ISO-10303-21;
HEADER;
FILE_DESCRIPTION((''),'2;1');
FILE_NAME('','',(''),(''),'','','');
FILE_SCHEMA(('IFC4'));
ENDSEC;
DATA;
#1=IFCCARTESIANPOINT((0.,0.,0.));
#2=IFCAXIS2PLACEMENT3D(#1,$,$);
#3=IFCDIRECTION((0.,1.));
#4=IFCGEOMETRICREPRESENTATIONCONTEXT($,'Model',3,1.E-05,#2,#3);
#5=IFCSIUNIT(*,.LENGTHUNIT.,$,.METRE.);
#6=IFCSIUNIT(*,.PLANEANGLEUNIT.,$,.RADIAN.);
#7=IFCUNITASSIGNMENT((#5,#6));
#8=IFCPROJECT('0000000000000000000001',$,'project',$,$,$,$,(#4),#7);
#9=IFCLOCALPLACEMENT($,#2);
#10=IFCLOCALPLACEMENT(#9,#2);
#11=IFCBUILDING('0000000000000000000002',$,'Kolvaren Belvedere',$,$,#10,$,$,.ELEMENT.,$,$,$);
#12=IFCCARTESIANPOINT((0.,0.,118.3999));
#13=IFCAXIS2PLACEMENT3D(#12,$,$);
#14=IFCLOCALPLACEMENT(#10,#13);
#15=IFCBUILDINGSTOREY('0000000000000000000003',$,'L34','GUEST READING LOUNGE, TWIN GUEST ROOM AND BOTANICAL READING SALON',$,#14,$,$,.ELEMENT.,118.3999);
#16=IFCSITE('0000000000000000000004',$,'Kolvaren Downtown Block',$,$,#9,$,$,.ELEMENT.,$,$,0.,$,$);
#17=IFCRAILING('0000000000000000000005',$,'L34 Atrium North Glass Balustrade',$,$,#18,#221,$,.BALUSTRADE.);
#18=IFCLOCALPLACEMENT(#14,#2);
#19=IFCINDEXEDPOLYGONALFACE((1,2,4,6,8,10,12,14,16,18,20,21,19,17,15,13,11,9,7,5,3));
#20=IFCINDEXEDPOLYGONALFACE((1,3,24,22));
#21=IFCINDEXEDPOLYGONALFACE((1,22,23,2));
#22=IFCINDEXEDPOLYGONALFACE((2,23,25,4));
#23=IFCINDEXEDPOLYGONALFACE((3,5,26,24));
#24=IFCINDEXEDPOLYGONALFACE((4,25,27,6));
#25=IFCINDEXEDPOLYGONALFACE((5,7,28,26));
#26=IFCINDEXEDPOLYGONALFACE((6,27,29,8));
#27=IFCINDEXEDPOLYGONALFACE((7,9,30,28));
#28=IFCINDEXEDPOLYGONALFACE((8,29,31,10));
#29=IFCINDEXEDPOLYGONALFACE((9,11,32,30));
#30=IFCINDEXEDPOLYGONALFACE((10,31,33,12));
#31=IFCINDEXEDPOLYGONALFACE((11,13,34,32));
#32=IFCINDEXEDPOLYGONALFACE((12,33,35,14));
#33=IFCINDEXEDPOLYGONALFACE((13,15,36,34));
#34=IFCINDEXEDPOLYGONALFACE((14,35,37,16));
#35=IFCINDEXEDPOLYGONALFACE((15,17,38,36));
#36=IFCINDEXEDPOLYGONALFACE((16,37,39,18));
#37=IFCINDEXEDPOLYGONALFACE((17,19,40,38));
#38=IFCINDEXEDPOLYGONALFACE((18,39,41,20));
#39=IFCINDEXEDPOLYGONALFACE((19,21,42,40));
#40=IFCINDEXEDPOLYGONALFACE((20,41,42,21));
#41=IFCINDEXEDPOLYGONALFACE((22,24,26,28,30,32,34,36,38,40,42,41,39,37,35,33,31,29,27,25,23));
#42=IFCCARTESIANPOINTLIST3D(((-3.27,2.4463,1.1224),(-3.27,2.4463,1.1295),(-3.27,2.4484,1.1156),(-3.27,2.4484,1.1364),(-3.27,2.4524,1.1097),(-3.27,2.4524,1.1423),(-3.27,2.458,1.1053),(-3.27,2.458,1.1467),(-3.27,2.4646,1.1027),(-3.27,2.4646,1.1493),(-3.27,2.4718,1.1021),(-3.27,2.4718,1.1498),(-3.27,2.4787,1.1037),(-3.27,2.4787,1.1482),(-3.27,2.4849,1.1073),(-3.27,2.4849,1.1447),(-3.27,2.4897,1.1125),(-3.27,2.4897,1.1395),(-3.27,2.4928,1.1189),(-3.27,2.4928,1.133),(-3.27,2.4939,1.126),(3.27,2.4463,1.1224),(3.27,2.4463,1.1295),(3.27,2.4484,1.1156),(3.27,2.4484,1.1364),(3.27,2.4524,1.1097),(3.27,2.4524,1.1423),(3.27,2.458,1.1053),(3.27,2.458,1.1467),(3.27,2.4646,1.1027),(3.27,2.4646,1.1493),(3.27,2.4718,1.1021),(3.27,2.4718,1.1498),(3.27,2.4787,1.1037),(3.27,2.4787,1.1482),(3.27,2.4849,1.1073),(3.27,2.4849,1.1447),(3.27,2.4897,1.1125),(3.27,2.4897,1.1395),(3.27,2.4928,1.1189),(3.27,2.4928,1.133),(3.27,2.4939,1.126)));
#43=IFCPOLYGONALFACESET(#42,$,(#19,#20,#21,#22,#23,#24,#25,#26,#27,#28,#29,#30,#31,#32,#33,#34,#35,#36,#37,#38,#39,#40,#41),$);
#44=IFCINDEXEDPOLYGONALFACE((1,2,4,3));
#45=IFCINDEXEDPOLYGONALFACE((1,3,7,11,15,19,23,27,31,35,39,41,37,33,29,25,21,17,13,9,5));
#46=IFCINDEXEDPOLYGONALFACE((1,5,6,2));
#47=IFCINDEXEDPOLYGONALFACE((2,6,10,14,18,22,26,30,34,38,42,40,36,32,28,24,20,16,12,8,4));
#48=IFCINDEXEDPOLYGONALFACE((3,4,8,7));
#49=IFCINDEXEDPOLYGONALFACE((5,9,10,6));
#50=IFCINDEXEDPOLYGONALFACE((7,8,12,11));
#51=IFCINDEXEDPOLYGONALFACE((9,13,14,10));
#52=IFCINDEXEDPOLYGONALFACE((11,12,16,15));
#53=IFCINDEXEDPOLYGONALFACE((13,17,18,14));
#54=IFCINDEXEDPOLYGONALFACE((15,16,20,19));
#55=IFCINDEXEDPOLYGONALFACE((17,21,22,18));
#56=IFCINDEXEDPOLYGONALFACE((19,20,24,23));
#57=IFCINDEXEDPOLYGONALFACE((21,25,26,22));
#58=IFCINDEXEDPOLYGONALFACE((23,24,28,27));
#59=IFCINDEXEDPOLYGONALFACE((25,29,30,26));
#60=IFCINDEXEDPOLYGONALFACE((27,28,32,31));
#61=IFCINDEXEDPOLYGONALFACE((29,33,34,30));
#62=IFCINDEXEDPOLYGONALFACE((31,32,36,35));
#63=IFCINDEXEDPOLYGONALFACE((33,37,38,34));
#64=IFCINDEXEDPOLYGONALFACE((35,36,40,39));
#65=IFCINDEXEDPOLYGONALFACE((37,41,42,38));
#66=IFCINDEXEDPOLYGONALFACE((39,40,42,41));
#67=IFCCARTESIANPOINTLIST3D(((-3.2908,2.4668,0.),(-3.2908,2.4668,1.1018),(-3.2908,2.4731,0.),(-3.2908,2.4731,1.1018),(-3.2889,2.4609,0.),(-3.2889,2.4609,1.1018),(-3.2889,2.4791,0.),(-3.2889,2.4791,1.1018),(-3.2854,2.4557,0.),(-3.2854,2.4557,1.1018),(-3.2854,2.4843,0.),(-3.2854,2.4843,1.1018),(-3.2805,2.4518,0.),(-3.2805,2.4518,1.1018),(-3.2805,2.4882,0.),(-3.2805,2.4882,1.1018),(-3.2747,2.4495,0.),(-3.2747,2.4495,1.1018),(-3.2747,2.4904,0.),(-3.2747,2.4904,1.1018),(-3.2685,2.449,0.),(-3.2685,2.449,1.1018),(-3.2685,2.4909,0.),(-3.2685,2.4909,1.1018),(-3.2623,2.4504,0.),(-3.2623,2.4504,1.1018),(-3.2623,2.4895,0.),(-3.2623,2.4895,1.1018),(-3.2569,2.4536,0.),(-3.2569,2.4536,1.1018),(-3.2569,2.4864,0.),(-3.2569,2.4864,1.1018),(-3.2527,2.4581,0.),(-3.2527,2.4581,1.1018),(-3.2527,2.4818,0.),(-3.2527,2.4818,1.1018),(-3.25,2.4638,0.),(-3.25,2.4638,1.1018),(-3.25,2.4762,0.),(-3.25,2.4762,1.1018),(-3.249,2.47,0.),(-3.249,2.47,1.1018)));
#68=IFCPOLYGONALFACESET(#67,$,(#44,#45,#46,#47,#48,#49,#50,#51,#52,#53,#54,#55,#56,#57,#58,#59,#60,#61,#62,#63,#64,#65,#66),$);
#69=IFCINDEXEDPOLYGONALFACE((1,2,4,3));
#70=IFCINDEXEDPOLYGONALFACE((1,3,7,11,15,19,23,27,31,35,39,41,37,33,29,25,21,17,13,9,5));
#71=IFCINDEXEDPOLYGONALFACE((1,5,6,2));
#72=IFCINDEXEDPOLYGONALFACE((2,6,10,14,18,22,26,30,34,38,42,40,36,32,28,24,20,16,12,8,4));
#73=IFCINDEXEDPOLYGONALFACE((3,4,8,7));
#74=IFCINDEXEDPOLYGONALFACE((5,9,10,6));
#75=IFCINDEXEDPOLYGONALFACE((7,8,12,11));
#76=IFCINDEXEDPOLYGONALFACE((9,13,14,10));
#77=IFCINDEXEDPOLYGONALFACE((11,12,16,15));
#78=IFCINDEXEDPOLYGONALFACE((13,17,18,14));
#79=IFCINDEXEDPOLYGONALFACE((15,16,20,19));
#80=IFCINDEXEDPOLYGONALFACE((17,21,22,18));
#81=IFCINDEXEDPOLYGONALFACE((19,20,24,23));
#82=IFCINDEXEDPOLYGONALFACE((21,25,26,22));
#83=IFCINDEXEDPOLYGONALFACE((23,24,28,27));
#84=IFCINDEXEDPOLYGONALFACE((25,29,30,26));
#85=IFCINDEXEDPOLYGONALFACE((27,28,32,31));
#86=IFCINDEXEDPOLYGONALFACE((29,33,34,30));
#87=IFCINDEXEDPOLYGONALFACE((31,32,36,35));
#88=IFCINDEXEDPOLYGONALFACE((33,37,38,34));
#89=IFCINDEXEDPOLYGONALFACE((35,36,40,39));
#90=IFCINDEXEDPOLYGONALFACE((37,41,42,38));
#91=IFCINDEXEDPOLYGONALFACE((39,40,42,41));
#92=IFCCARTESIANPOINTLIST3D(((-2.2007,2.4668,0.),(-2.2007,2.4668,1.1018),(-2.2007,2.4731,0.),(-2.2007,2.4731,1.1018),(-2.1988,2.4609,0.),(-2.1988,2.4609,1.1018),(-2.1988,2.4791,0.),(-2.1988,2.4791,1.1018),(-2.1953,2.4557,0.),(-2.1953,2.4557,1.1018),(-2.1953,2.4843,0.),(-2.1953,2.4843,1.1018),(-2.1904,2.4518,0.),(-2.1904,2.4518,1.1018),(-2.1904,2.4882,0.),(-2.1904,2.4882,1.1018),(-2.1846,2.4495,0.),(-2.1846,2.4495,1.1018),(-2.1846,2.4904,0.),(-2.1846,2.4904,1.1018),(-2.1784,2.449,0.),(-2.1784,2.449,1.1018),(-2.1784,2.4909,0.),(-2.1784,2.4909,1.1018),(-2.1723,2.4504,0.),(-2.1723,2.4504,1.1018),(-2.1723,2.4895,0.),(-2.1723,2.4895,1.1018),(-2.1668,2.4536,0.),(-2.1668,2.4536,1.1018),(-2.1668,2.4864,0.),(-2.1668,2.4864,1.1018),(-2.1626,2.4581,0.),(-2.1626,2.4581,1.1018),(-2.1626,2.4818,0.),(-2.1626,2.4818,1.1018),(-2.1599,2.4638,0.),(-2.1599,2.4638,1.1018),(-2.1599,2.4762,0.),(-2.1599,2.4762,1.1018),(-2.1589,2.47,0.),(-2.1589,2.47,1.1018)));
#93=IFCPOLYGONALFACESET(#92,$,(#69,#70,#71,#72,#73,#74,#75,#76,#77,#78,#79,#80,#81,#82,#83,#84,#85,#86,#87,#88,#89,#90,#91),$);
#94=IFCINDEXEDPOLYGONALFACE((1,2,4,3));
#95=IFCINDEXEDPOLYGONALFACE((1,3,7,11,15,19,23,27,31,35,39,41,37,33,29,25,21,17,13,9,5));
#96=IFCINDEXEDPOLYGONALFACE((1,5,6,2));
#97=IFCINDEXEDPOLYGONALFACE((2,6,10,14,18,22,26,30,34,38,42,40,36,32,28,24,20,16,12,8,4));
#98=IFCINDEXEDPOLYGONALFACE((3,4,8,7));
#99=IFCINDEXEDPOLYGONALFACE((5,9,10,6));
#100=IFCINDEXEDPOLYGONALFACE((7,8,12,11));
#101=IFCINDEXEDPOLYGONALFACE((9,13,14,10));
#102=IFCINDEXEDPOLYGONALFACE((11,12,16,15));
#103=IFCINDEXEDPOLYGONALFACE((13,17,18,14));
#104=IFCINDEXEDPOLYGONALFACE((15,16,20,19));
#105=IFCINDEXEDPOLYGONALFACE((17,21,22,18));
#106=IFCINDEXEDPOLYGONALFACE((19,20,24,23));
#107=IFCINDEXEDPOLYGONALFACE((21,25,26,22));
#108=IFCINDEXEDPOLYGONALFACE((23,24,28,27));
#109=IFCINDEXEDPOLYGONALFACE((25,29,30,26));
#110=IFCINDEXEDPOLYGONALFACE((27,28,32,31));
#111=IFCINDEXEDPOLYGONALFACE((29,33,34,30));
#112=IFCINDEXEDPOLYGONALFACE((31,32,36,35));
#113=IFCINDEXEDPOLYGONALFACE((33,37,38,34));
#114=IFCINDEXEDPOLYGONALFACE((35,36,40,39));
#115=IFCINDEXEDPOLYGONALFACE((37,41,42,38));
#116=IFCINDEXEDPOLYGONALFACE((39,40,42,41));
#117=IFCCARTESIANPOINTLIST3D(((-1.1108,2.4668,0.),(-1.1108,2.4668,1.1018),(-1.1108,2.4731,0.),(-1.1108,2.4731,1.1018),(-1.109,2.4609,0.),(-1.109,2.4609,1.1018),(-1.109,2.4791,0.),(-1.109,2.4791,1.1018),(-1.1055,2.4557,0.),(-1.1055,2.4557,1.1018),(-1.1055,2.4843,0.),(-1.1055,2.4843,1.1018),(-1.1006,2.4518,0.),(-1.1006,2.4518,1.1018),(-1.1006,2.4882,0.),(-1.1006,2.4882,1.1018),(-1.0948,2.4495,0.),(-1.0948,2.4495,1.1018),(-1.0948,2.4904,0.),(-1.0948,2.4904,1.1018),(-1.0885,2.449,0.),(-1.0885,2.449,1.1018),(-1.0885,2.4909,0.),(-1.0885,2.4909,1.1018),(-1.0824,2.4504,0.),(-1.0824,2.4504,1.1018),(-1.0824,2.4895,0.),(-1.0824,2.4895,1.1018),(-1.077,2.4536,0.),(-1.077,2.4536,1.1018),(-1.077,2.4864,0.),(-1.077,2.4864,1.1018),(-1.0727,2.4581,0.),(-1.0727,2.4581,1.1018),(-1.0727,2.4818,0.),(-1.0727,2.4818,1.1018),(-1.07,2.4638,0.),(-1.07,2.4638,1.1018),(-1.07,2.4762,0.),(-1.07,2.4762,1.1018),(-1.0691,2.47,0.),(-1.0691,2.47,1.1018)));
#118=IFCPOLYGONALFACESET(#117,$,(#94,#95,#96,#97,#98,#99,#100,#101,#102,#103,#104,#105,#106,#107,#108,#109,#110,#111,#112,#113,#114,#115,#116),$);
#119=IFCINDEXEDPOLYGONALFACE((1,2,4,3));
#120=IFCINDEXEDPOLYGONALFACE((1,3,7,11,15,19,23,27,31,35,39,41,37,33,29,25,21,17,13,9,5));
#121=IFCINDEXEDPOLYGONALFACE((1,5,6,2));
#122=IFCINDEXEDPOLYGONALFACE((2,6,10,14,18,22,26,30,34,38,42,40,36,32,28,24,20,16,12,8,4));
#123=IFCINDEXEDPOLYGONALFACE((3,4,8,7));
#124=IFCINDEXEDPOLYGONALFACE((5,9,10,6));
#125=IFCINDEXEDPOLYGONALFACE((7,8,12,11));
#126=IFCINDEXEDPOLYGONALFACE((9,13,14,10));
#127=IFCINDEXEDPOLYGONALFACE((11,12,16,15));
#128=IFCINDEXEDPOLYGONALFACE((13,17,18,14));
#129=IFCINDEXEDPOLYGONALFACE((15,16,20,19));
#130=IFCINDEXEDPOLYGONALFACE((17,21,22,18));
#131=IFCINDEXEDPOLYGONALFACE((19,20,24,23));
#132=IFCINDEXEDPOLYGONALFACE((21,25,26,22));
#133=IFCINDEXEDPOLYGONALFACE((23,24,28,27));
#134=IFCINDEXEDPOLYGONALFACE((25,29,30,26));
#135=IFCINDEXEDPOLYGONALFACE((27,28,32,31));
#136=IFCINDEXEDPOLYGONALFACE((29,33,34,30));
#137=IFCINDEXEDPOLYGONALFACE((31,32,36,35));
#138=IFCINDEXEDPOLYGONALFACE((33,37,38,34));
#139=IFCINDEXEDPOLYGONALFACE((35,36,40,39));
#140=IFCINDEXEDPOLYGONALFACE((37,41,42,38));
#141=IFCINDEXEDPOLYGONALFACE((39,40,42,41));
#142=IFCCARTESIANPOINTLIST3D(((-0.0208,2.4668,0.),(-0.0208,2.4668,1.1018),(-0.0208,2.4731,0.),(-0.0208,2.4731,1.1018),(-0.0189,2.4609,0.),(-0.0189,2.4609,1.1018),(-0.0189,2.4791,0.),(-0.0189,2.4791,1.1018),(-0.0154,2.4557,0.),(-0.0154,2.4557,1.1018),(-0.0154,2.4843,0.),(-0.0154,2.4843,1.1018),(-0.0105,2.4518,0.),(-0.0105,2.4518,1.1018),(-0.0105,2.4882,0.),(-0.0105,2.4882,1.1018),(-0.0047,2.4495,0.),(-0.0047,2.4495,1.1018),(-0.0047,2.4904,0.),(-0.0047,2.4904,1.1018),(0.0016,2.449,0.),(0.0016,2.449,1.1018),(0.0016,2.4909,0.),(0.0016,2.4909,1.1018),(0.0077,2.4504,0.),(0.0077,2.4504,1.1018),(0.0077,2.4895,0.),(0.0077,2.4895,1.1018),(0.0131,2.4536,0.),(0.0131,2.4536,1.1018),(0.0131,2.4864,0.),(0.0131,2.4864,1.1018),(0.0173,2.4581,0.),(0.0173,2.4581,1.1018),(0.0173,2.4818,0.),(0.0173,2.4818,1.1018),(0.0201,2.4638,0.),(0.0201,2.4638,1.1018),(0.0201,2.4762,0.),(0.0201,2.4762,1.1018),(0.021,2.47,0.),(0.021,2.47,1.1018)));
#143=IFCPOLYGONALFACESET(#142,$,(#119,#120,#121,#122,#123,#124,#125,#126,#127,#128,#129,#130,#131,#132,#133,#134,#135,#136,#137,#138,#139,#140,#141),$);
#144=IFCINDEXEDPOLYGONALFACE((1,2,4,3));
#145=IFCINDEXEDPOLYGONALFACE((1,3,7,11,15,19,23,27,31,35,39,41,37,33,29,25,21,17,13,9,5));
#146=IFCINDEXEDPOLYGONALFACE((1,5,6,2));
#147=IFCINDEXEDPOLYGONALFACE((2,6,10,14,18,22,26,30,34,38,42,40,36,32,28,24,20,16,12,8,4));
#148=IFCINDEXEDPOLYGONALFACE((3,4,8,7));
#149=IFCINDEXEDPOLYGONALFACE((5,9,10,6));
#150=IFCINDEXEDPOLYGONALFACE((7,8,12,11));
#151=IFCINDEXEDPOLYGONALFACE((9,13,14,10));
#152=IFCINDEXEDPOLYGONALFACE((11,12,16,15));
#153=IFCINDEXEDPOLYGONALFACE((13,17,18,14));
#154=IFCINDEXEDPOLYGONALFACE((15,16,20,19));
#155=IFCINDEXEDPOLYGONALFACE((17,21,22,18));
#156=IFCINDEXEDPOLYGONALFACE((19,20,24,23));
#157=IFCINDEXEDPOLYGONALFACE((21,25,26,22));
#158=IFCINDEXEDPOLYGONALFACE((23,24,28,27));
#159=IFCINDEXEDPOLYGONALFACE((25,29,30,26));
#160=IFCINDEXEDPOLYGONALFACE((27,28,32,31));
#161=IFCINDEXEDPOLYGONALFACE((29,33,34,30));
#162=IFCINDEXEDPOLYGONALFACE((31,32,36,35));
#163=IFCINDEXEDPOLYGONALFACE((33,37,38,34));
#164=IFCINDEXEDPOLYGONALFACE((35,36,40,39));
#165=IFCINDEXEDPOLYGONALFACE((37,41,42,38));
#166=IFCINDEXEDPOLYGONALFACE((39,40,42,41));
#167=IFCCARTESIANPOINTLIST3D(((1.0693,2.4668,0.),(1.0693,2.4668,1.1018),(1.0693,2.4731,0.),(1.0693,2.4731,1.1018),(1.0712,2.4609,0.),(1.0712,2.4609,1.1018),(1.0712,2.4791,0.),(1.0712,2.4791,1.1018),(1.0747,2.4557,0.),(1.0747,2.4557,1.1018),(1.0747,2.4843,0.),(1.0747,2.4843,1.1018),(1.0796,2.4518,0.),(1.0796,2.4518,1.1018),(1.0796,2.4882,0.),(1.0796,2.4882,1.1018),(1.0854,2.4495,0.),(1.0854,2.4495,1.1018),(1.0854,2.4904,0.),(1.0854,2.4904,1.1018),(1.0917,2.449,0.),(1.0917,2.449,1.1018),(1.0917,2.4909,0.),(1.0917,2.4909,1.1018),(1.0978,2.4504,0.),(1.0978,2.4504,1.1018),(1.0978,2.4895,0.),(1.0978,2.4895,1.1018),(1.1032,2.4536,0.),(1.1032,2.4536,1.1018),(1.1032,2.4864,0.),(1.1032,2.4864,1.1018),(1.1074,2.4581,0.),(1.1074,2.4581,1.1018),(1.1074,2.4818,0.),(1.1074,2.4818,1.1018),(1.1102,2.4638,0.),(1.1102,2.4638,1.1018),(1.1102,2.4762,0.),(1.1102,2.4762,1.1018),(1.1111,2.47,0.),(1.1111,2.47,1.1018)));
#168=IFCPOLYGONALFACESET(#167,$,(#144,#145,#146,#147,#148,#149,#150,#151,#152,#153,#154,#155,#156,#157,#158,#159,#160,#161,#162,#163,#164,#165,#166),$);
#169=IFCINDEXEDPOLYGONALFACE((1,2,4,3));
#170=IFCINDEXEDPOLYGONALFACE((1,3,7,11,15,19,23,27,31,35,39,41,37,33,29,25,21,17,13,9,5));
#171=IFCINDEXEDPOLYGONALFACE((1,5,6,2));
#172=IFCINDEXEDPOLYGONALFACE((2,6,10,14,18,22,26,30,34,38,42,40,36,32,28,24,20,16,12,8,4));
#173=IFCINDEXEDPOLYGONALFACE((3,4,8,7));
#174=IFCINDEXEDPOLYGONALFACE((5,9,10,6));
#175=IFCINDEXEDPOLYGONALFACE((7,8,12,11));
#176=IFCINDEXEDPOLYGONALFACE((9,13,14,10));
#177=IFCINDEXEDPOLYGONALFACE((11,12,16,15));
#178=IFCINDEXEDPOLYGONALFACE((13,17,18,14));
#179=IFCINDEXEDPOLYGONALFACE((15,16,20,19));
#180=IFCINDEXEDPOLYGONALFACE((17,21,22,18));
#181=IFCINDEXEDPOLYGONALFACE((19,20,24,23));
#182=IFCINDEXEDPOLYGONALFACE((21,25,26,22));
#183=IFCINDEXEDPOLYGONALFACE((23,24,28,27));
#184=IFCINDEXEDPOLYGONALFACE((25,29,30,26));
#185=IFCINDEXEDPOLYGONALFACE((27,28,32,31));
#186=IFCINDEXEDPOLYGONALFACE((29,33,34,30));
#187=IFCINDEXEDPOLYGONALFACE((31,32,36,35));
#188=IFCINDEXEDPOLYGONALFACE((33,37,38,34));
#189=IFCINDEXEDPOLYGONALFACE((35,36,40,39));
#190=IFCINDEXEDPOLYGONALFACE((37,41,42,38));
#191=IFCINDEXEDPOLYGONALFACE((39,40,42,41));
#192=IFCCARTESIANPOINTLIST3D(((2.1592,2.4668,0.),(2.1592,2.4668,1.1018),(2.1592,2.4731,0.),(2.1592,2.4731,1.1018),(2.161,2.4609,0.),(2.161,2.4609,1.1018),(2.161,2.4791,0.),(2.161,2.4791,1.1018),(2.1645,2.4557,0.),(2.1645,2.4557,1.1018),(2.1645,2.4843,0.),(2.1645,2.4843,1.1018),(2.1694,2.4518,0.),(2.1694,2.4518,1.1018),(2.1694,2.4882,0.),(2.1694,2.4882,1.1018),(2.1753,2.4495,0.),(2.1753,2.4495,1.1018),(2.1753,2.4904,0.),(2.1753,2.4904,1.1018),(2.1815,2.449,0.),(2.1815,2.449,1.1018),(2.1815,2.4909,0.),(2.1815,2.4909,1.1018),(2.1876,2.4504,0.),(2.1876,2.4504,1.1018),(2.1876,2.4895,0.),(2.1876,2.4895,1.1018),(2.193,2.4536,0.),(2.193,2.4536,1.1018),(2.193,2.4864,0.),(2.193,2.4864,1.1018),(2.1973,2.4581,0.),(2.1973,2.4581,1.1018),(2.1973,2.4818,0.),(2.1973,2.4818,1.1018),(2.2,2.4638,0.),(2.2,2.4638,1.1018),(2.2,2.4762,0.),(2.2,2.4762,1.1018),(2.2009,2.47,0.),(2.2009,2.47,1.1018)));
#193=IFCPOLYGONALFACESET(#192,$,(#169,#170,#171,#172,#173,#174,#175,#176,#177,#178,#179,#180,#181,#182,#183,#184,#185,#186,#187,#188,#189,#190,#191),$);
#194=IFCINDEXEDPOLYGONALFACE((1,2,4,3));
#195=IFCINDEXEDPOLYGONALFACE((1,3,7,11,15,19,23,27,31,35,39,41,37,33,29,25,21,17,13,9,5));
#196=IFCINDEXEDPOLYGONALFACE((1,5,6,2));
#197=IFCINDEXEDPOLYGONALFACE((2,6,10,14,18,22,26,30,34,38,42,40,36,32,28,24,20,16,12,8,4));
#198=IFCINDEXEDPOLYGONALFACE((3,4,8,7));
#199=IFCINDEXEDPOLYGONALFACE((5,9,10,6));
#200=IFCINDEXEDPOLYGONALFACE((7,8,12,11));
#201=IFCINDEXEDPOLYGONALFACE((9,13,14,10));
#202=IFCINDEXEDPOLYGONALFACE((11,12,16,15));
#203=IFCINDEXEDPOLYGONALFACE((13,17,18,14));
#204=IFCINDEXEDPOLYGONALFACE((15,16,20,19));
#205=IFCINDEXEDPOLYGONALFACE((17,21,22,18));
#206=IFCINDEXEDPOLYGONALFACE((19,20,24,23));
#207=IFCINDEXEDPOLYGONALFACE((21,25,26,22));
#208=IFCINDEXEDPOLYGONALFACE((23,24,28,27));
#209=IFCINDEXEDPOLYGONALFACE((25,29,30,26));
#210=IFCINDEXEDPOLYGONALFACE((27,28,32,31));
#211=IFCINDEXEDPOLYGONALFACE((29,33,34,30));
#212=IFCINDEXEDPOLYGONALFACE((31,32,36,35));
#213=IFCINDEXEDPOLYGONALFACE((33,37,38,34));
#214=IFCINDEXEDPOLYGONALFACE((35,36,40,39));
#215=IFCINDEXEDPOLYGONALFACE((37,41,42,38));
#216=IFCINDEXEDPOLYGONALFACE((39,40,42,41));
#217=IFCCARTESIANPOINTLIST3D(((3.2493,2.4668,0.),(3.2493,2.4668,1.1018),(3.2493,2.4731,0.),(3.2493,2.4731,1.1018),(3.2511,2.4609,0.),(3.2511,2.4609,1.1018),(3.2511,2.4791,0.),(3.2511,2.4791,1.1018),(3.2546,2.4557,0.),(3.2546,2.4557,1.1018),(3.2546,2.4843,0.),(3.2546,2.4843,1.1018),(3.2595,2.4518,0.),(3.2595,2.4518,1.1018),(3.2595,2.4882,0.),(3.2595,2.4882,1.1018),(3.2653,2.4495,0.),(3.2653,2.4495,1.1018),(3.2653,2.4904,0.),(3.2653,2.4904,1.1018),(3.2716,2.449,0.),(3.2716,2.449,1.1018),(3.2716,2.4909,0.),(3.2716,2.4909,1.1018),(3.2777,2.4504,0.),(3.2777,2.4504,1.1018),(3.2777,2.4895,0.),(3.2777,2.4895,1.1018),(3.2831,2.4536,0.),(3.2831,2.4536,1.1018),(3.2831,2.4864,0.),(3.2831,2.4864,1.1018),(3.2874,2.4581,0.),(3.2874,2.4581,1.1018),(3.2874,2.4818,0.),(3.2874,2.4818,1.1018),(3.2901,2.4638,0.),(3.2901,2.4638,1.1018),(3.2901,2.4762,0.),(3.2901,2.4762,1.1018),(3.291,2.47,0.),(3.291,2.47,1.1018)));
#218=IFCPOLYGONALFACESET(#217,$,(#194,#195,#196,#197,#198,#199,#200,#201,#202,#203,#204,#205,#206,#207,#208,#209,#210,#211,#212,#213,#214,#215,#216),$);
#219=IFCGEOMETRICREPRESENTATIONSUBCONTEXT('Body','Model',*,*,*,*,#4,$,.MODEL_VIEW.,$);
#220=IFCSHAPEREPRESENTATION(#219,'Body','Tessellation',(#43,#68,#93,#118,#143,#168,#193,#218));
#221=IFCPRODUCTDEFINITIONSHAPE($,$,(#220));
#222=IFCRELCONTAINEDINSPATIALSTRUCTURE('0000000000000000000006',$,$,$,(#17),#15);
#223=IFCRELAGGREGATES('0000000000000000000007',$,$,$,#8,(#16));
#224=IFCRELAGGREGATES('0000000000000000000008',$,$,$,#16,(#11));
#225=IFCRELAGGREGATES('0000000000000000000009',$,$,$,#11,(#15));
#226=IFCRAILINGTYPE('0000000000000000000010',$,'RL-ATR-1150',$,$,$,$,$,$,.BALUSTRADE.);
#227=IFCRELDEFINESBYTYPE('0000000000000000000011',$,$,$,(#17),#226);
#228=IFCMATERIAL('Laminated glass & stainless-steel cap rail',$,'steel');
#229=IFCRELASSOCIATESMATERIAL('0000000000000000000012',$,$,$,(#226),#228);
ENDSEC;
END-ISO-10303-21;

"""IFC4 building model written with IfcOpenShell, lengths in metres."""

from ifc_helpers import new_model, si_unit, direction, frame, origin, origin_2d, place, context, subcontext, project, spatial, circle, extrude, material, type_object, element, save


model = new_model("IFC4")

# Units and contexts
model_context = context("Model", 3, precision=1e-05, world=origin(), true_north=direction((0.0, 1.0)))
body_context = subcontext(model_context, "Body", "Model", "MODEL_VIEW")
ifc_project = project(units=[si_unit("LENGTHUNIT", "METRE"), si_unit("PLANEANGLEUNIT", "RADIAN")], contexts=[model_context])

# Site, building, storey
site_placement = place(None, origin())
site = spatial("IfcSite", under=ifc_project, at=site_placement, Name="Kolvaren Downtown Block", CompositionType="ELEMENT", RefElevation=0.0)
building_placement = place(site_placement, origin())
building = spatial("IfcBuilding", under=site, at=building_placement, Name="Kolvaren Belvedere", CompositionType="ELEMENT")
storey_placement = place(building_placement, frame((0.0, 0.0, 118.3999)))
storey = spatial("IfcBuildingStorey", under=building, at=storey_placement, Name="L34", Description="GUEST READING LOUNGE, TWIN GUEST ROOM AND BOTANICAL READING SALON", CompositionType="ELEMENT", Elevation=118.3999)

# Railing
ifc_material_1 = material(Name="Laminated glass & stainless-steel cap rail", Category="steel")
railing_type_1 = type_object("IfcRailingType", Name="RL-ATR-1150", PredefinedType="BALUSTRADE", material=ifc_material_1)
railing_1_placement = place(storey_placement, frame((-3.27, 2.47, 0.0)))
element("IfcRailing", 1, at=railing_1_placement, inside=storey, type_object=railing_type_1, Name="L34 Atrium North Glass Balustrade", PredefinedType="BALUSTRADE", context=body_context, shape_type="SweptSolid", body=[
    extrude(circle(Radius=0.0239, at=origin_2d()), frame((0.0, 0.0, 1.126), z_axis=(1.0, 0.0, 0.0), x_axis=(0.0, 1.0, 0.0)), (0.0, 0.0, 1.0), 6.54),
    extrude(circle(Radius=0.021, at=origin_2d()), origin(), (0.0, 0.0, 1.0), 1.1018),
    extrude(circle(Radius=0.021, at=origin_2d()), frame((1.0901, 0.0, 0.0)), (0.0, 0.0, 1.0), 1.1018),
    extrude(circle(Radius=0.021, at=origin_2d()), frame((2.1799, 0.0, 0.0)), (0.0, 0.0, 1.0), 1.1018),
    extrude(circle(Radius=0.021, at=origin_2d()), frame((3.27, 0.0, 0.0)), (0.0, 0.0, 1.0), 1.1018),
    extrude(circle(Radius=0.021, at=origin_2d()), frame((4.3601, 0.0, 0.0)), (0.0, 0.0, 1.0), 1.1018),
    extrude(circle(Radius=0.021, at=origin_2d()), frame((5.45, 0.0, 0.0)), (0.0, 0.0, 1.0), 1.1018),
    extrude(circle(Radius=0.021, at=origin_2d()), frame((6.54, 0.0, 0.0)), (0.0, 0.0, 1.0), 1.1018),
])

save(model, "model.ifc")
